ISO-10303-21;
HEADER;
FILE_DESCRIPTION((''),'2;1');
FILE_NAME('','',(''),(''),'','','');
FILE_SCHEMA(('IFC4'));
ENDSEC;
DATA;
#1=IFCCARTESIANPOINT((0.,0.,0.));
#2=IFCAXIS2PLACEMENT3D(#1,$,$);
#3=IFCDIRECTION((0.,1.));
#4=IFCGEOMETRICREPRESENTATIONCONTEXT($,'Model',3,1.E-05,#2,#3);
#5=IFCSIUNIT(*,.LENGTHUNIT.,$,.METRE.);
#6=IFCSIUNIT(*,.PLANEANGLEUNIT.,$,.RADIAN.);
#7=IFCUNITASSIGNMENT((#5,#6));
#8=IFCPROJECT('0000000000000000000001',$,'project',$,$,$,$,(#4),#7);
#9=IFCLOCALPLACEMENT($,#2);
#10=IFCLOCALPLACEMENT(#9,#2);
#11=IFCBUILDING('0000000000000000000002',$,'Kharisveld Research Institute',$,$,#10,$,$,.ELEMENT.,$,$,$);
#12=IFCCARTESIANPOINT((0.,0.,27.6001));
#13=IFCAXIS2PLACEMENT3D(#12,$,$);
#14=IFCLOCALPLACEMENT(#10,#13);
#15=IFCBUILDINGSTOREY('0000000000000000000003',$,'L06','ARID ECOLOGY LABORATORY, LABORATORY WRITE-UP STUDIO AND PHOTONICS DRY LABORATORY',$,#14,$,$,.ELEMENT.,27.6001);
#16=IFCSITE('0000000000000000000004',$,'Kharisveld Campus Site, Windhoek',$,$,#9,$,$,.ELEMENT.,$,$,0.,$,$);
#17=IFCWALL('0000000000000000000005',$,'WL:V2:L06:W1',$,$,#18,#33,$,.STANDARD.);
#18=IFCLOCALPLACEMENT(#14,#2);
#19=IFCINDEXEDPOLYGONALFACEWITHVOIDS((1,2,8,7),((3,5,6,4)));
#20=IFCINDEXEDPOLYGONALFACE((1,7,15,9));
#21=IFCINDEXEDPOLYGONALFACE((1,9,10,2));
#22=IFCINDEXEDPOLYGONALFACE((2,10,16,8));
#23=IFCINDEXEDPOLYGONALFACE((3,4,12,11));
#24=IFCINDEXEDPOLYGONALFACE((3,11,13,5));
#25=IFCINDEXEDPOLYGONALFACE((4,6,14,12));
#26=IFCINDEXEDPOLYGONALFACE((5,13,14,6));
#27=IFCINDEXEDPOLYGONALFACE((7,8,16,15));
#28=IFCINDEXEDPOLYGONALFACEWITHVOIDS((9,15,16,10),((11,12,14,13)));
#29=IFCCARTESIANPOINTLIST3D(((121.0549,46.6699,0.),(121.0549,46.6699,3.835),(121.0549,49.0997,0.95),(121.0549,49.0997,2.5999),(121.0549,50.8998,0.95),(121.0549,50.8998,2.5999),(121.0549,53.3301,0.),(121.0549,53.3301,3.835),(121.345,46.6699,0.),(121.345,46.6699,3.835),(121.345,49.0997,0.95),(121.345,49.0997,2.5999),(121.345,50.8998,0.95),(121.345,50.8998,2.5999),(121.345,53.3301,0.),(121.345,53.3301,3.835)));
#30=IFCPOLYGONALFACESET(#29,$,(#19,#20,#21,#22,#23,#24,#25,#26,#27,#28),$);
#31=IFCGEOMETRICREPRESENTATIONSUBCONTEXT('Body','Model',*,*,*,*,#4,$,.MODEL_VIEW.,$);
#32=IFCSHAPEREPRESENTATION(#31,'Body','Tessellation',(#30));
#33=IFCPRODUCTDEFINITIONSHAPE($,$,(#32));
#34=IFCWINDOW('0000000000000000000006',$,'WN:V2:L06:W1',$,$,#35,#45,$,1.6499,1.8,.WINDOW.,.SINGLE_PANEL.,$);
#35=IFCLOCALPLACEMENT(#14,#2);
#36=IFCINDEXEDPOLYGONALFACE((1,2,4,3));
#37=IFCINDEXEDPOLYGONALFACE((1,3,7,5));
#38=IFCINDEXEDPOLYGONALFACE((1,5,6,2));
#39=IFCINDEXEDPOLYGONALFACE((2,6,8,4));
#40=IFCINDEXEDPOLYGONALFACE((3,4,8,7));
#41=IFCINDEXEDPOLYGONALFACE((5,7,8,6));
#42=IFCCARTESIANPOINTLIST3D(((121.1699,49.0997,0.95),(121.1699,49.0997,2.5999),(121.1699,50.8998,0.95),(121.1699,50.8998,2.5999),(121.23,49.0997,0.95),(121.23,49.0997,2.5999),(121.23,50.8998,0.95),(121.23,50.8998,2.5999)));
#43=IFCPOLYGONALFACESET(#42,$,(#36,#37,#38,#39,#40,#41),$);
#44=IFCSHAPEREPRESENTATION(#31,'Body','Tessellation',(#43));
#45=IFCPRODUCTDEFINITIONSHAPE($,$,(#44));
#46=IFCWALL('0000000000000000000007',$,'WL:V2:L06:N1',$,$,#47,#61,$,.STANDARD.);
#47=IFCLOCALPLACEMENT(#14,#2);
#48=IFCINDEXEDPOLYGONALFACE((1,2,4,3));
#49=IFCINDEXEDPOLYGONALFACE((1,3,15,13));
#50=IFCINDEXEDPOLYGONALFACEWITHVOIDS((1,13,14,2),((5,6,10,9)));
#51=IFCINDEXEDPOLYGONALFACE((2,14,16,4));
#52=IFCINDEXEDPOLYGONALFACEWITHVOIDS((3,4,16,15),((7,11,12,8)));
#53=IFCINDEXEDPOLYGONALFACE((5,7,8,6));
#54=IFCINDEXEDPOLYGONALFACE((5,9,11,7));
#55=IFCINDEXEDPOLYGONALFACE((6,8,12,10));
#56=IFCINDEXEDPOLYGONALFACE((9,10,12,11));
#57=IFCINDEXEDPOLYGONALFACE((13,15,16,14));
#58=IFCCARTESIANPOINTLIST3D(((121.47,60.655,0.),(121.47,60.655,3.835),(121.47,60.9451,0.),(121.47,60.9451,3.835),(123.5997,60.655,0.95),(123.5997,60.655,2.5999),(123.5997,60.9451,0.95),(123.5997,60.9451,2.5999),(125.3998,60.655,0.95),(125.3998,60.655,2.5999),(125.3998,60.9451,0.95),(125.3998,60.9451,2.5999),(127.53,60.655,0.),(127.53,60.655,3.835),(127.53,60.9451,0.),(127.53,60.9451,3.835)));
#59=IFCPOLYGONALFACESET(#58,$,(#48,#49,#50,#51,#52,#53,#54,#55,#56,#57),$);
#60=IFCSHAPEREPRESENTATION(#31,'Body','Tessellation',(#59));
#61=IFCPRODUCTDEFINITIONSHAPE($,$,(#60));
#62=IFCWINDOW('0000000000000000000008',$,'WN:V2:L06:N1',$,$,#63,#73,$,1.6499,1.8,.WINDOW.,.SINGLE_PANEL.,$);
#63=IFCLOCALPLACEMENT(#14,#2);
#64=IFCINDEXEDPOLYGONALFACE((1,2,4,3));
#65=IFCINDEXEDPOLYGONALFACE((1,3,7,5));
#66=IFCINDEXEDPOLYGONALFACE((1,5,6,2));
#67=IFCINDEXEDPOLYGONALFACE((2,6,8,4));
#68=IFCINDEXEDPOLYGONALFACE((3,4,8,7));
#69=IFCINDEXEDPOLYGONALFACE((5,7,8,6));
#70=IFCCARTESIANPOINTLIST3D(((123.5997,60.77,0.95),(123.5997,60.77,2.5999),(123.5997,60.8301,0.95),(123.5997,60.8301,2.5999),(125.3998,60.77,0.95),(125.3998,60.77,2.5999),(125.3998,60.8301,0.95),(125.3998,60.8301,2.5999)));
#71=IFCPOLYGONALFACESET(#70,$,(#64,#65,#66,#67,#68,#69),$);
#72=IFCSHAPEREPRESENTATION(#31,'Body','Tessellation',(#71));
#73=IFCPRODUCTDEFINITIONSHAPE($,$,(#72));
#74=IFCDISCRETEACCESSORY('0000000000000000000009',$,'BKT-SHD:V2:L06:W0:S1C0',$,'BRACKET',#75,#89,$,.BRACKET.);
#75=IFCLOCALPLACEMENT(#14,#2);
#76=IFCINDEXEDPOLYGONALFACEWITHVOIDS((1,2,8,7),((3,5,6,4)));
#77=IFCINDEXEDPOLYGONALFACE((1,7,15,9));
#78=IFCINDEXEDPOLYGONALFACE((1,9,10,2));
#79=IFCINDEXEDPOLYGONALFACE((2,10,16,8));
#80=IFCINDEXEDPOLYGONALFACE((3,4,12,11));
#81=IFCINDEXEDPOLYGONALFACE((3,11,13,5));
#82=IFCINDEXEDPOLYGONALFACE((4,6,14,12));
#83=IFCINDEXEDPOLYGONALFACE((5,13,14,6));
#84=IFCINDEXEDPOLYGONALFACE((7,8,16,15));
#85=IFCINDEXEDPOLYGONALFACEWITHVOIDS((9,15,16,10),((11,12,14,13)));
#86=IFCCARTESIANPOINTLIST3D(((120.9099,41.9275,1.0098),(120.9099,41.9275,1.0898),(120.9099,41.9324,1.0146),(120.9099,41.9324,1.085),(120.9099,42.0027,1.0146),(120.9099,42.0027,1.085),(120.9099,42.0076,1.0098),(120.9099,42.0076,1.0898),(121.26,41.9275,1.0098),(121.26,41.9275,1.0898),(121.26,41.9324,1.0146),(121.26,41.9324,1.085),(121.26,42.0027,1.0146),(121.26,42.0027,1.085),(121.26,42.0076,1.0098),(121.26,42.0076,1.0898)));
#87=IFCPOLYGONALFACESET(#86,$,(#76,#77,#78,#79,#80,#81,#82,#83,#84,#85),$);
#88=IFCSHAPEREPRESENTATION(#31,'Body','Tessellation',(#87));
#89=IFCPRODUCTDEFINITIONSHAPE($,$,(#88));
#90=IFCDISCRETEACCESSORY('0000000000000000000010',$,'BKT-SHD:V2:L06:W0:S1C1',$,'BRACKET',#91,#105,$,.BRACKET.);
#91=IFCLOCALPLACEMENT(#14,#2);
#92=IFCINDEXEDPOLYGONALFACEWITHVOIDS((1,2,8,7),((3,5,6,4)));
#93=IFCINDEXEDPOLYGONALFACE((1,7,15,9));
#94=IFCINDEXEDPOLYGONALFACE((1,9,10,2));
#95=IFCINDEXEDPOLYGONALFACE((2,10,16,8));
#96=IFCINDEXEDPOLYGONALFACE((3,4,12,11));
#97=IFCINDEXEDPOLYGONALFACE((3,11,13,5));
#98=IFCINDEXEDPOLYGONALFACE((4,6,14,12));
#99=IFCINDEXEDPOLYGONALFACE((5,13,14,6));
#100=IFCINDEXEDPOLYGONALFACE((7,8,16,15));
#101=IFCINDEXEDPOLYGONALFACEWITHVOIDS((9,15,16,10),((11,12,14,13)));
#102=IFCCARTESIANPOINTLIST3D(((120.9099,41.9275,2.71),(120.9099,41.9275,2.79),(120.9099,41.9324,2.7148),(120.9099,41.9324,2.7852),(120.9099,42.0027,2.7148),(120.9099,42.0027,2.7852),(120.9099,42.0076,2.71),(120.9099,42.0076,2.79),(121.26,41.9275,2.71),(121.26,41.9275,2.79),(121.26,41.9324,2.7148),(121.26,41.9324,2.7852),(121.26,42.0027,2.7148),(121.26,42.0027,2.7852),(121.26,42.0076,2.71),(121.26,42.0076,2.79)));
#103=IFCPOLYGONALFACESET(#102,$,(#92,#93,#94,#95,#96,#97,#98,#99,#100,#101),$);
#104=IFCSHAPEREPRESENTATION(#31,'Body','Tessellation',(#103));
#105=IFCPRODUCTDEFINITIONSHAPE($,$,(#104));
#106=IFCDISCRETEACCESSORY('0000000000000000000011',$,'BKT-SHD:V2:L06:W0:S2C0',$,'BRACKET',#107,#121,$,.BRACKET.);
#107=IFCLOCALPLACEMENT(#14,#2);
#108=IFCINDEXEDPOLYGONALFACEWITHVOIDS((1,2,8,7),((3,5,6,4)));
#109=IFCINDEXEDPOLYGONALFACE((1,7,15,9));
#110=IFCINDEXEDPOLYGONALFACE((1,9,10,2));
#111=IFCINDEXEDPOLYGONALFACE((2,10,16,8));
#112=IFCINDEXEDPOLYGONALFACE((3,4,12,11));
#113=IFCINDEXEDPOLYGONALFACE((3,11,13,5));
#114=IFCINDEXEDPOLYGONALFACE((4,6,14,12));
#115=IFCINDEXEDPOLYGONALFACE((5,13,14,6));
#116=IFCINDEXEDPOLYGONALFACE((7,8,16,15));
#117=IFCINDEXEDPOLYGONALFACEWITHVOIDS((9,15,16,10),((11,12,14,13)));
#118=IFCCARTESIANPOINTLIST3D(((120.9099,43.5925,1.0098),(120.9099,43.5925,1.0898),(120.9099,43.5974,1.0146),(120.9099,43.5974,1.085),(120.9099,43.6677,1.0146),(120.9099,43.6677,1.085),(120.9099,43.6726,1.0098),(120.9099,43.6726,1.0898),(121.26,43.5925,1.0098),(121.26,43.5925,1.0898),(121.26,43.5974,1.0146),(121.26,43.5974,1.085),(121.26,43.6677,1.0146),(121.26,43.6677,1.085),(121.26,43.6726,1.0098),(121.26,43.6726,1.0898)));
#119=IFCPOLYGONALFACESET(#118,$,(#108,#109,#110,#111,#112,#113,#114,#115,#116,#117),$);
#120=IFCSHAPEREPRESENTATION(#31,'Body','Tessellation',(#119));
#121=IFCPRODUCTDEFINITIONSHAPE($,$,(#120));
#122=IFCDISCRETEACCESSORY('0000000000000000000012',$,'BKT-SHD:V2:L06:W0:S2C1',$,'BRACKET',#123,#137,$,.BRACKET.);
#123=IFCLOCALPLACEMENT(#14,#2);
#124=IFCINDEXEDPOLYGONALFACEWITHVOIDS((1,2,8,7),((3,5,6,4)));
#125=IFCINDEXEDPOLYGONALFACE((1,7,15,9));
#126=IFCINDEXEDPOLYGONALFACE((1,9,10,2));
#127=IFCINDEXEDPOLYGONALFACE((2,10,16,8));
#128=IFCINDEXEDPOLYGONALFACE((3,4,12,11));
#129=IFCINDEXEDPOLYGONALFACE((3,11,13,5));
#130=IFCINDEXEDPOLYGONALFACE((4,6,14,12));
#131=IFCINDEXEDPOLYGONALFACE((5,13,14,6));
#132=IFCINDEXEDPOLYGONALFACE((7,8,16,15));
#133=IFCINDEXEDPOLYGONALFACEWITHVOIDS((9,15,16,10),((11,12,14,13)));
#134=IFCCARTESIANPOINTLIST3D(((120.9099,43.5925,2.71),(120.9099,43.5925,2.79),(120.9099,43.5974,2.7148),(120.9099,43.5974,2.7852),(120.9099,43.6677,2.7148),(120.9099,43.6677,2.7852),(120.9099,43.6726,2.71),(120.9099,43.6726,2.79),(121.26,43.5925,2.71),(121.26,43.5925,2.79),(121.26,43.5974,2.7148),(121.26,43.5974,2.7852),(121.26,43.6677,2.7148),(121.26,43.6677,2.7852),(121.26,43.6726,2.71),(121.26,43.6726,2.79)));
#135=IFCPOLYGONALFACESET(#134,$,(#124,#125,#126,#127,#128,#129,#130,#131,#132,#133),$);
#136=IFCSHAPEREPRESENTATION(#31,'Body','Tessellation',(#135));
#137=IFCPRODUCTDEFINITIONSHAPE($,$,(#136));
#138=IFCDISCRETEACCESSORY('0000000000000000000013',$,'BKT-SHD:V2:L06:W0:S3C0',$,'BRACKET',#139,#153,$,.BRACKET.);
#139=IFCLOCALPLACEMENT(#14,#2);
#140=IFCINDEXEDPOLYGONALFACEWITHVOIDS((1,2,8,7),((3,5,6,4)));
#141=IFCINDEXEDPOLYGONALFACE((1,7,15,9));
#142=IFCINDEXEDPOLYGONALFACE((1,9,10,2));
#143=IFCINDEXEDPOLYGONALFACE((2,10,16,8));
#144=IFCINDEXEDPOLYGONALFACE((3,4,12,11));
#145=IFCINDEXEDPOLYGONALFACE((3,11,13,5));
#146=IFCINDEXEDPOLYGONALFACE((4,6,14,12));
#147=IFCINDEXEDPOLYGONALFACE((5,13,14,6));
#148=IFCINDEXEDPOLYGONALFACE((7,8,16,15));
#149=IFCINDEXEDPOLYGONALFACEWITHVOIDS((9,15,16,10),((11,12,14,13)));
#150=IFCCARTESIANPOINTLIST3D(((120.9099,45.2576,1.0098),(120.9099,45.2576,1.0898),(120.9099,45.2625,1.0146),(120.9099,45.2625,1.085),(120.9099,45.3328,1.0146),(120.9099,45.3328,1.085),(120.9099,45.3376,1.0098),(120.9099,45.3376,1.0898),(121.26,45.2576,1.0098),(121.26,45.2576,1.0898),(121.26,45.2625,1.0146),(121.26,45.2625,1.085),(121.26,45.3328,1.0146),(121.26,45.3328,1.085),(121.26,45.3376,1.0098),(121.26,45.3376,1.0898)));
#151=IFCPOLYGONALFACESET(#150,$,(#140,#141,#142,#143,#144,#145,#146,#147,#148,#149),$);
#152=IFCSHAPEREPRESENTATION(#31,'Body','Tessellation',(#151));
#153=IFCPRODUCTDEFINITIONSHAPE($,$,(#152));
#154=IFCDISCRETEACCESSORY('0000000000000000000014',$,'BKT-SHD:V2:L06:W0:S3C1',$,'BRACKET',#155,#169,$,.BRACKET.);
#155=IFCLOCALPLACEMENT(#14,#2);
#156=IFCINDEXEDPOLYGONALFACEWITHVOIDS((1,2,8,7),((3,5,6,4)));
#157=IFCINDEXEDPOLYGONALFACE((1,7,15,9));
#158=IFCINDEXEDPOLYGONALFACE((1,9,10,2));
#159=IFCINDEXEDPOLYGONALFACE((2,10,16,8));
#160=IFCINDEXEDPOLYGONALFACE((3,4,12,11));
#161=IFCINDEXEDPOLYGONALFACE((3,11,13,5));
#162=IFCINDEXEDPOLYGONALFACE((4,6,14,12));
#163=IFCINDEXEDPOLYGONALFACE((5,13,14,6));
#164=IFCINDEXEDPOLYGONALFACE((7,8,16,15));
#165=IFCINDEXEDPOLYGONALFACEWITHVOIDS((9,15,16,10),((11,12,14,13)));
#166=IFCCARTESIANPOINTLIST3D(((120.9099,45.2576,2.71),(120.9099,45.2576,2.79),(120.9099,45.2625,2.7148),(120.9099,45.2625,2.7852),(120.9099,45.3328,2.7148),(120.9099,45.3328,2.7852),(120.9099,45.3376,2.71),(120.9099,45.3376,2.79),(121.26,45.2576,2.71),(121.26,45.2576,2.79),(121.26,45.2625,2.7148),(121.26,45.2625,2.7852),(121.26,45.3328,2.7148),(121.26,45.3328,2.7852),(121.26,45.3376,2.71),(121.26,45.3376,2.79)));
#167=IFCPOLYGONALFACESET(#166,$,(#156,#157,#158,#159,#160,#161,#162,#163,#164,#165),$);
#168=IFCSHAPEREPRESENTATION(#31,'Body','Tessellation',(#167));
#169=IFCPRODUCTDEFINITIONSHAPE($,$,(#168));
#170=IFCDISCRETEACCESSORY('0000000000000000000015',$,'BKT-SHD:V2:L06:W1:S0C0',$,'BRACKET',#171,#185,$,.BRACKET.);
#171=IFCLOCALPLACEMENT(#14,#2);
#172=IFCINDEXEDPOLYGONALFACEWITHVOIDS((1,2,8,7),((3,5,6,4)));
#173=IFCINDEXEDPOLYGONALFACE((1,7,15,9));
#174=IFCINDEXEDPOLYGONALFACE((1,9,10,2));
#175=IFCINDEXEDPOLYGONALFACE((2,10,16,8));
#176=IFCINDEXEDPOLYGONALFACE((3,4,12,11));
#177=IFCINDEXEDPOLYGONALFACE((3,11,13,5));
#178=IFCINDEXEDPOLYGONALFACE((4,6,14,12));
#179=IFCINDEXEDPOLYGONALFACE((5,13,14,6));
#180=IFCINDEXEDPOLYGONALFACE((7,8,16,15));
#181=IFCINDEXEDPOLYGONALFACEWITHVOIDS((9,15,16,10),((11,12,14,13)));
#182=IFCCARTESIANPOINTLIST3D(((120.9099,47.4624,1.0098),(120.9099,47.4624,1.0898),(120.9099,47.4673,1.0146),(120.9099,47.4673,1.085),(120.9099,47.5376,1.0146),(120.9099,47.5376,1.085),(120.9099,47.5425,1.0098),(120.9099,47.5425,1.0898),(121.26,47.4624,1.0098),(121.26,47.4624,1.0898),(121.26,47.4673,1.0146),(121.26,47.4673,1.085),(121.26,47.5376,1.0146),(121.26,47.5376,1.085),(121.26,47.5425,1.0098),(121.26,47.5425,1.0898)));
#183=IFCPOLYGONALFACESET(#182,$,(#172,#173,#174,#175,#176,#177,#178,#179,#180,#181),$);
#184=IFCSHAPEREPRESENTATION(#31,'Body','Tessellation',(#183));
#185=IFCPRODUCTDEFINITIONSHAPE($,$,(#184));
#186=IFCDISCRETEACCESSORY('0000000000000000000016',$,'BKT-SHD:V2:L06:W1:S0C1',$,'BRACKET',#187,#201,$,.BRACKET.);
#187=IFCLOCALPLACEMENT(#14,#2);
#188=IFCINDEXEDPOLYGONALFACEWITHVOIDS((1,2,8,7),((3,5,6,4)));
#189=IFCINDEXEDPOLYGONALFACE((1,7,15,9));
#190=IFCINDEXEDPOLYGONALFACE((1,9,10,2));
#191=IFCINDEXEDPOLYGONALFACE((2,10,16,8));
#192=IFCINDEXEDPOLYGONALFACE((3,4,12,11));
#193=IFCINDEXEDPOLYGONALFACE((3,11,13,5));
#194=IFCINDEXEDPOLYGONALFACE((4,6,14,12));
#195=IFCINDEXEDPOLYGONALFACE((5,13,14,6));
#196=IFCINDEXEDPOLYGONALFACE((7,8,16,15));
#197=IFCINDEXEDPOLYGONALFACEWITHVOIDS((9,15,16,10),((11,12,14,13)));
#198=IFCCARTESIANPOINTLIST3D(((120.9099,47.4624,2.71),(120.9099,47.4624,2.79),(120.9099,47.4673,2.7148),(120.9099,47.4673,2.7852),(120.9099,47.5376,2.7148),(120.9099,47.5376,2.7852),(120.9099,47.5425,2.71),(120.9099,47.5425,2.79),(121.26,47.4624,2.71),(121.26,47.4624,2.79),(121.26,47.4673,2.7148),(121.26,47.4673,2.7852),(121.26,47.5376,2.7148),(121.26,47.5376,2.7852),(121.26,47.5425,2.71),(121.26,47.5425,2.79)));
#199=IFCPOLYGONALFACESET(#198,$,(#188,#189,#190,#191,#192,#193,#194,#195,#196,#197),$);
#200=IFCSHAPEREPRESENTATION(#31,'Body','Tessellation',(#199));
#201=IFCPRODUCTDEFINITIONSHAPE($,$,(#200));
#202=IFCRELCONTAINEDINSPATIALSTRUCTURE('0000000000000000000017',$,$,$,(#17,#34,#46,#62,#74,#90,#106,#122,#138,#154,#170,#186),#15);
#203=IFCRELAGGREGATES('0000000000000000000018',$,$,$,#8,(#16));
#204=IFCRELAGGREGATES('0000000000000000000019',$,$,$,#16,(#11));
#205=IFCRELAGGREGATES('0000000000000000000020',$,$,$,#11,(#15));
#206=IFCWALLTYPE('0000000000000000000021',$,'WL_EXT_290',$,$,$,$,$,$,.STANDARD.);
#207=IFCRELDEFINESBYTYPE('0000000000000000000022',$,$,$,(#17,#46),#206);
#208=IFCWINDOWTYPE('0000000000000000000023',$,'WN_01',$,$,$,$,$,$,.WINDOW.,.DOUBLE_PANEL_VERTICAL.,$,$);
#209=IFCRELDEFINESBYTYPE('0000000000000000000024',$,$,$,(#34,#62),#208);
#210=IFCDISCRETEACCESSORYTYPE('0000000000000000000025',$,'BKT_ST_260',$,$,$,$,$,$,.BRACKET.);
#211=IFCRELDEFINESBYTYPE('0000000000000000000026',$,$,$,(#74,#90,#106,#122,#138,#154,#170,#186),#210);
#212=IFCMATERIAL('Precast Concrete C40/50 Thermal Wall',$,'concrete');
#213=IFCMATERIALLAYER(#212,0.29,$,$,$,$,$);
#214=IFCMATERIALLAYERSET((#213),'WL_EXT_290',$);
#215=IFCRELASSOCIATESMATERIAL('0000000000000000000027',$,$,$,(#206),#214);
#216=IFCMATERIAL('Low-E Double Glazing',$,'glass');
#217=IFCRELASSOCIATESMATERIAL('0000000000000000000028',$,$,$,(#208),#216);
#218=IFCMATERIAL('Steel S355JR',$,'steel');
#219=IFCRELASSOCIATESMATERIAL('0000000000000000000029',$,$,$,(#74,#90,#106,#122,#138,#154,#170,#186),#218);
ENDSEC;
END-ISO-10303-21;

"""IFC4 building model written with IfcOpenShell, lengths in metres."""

from ifc_helpers import new_model, si_unit, direction, frame, frame_2d, origin, origin_2d, place, context, subcontext, project, spatial, rectangle, hollow_rectangle, extrude, material, layer, layer_set, type_object, element, fill, save


model = new_model("IFC4")

# Units and contexts
model_context = context("Model", 3, precision=1e-05, world=origin(), true_north=direction((0.0, 1.0)))
body_context = subcontext(model_context, "Body", "Model", "MODEL_VIEW")
ifc_project = project(units=[si_unit("LENGTHUNIT", "METRE"), si_unit("PLANEANGLEUNIT", "RADIAN")], contexts=[model_context])

# Site, building, storey
site_placement = place(None, origin())
site = spatial("IfcSite", under=ifc_project, at=site_placement, Name="Kharisveld Campus Site, Windhoek", CompositionType="ELEMENT", RefElevation=0.0)
building_placement = place(site_placement, origin())
building = spatial("IfcBuilding", under=site, at=building_placement, Name="Kharisveld Research Institute", CompositionType="ELEMENT")
storey_placement = place(building_placement, frame((0.0, 0.0, 27.6001)))
storey = spatial("IfcBuildingStorey", under=building, at=storey_placement, Name="L06", Description="ARID ECOLOGY LABORATORY, LABORATORY WRITE-UP STUDIO AND PHOTONICS DRY LABORATORY", CompositionType="ELEMENT", Elevation=27.6001)

# Walls, openings, windows
ifc_material_1 = material(Name="Precast Concrete C40/50 Thermal Wall", Category="concrete")
ifc_layer_1 = layer(ifc_material_1, 0.29)
ifc_layer_set_1 = layer_set([ifc_layer_1], Name="WL_EXT_290")
wall_type_1 = type_object("IfcWallType", Name="WL_EXT_290", PredefinedType="STANDARD", material=ifc_layer_set_1)
wall_1_placement = place(storey_placement, frame((121.2, 46.6699, 0.0), z_axis=(0.0, 0.0, 1.0), x_axis=(0.0, 1.0, 0.0)))
wall_1 = element("IfcWall", 1, at=wall_1_placement, inside=storey, type_object=wall_type_1, Name="WL:V2:L06:W1", PredefinedType="STANDARD", context=body_context, shape_type="SweptSolid", body=[
    extrude(rectangle(XDim=6.6602, YDim=0.29, at=frame_2d((3.3301, 0.0))), origin(), (0.0, 0.0, 1.0), 3.835),
])
opening_1_placement = place(wall_1_placement, frame((2.4299, 0.0, 0.95)))
opening_1 = element("IfcOpeningElement", 2, at=opening_1_placement, cuts=wall_1, PredefinedType="OPENING", context=body_context, shape_type="SweptSolid", body=[
    extrude(rectangle(XDim=1.8, YDim=1.6499, at=frame_2d((0.8999, 0.825))), frame((0.0, 0.145, 0.0), z_axis=(0.0, -1.0, 0.0), x_axis=(1.0, 0.0, 0.0)), (0.0, 0.0, 1.0), 0.29),
])
ifc_material_2 = material(Name="Low-E Double Glazing", Category="glass")
window_type_1 = type_object("IfcWindowType", Name="WN_01", PartitioningType="DOUBLE_PANEL_VERTICAL", PredefinedType="WINDOW", material=ifc_material_2)
window_1_placement = place(opening_1_placement, origin())
window_1 = element("IfcWindow", 3, at=window_1_placement, inside=storey, type_object=window_type_1, Name="WN:V2:L06:W1", OverallHeight=1.6499, OverallWidth=1.8, PartitioningType="SINGLE_PANEL", PredefinedType="WINDOW", context=body_context, shape_type="SweptSolid", body=[
    extrude(rectangle(XDim=1.8, YDim=1.6499, at=frame_2d((0.8999, 0.825))), frame((0.0, 0.03, 0.0), z_axis=(0.0, -1.0, 0.0), x_axis=(1.0, 0.0, 0.0)), (0.0, 0.0, 1.0), 0.0601),
])
fill(opening_1, window_1)
wall_2_placement = place(storey_placement, frame((121.47, 60.8, 0.0), z_axis=(0.0, 0.0, 1.0), x_axis=(1.0, 0.0, 0.0)))
wall_2 = element("IfcWall", 4, at=wall_2_placement, inside=storey, type_object=wall_type_1, Name="WL:V2:L06:N1", PredefinedType="STANDARD", context=body_context, shape_type="SweptSolid", body=[
    extrude(rectangle(XDim=6.0601, YDim=0.29, at=frame_2d((3.03, 0.0))), origin(), (0.0, 0.0, 1.0), 3.835),
])
opening_2_placement = place(wall_2_placement, frame((2.1299, 0.0, 0.95)))
opening_2 = element("IfcOpeningElement", 5, at=opening_2_placement, cuts=wall_2, PredefinedType="OPENING", context=body_context, shape_type="SweptSolid", body=[
    extrude(rectangle(XDim=1.8, YDim=1.6499, at=frame_2d((0.8999, 0.825))), frame((0.0, 0.145, 0.0), z_axis=(0.0, -1.0, 0.0), x_axis=(1.0, 0.0, 0.0)), (0.0, 0.0, 1.0), 0.29),
])
window_2_placement = place(opening_2_placement, origin())
window_2 = element("IfcWindow", 6, at=window_2_placement, inside=storey, type_object=window_type_1, Name="WN:V2:L06:N1", OverallHeight=1.6499, OverallWidth=1.8, PartitioningType="SINGLE_PANEL", PredefinedType="WINDOW", context=body_context, shape_type="SweptSolid", body=[
    extrude(rectangle(XDim=1.8, YDim=1.6499, at=frame_2d((0.8999, 0.825))), frame((0.0, 0.03, 0.0), z_axis=(0.0, -1.0, 0.0), x_axis=(1.0, 0.0, 0.0)), (0.0, 0.0, 1.0), 0.0601),
])
fill(opening_2, window_2)

# Discrete accessories
ifc_material_3 = material(Name="Steel S355JR", Category="steel")
discrete_accessory_type = type_object("IfcDiscreteAccessoryType", Name="BKT_ST_260", PredefinedType="BRACKET")
for number, where, z_axis, x_axis, name in (
    (7, (121.26, 41.9675, 1.0498), (-1.0, 0.0, 0.0), (0.0, -1.0, 0.0), "BKT-SHD:V2:L06:W0:S1C0"),
    (8, (121.26, 41.9675, 2.75), (-1.0, 0.0, 0.0), (0.0, -1.0, 0.0), "BKT-SHD:V2:L06:W0:S1C1"),
    (9, (121.26, 43.6326, 1.0498), (-1.0, 0.0, 0.0), (0.0, -1.0, 0.0), "BKT-SHD:V2:L06:W0:S2C0"),
    (10, (121.26, 43.6326, 2.75), (-1.0, 0.0, 0.0), (0.0, -1.0, 0.0), "BKT-SHD:V2:L06:W0:S2C1"),
    (11, (121.26, 45.2976, 1.0498), (-1.0, 0.0, 0.0), (0.0, -1.0, 0.0), "BKT-SHD:V2:L06:W0:S3C0"),
    (12, (121.26, 45.2976, 2.75), (-1.0, 0.0, 0.0), (0.0, -1.0, 0.0), "BKT-SHD:V2:L06:W0:S3C1"),
    (13, (121.26, 47.5024, 1.0498), (-1.0, 0.0, 0.0), (0.0, -1.0, 0.0), "BKT-SHD:V2:L06:W1:S0C0"),
    (14, (121.26, 47.5024, 2.75), (-1.0, 0.0, 0.0), (0.0, -1.0, 0.0), "BKT-SHD:V2:L06:W1:S0C1"),
):
    element("IfcDiscreteAccessory", number, at=place(storey_placement, frame(where, z_axis=z_axis, x_axis=x_axis)), inside=storey, type_object=discrete_accessory_type, material=ifc_material_3, Name=name, ObjectType="BRACKET", PredefinedType="BRACKET", context=body_context, shape_type="SweptSolid", body=[
        extrude(hollow_rectangle(XDim=0.0801, YDim=0.0801, WallThickness=0.0049, at=origin_2d()), origin(), (0.0, 0.0, 1.0), 0.3501),
    ])

save(model, "model.ifc")
